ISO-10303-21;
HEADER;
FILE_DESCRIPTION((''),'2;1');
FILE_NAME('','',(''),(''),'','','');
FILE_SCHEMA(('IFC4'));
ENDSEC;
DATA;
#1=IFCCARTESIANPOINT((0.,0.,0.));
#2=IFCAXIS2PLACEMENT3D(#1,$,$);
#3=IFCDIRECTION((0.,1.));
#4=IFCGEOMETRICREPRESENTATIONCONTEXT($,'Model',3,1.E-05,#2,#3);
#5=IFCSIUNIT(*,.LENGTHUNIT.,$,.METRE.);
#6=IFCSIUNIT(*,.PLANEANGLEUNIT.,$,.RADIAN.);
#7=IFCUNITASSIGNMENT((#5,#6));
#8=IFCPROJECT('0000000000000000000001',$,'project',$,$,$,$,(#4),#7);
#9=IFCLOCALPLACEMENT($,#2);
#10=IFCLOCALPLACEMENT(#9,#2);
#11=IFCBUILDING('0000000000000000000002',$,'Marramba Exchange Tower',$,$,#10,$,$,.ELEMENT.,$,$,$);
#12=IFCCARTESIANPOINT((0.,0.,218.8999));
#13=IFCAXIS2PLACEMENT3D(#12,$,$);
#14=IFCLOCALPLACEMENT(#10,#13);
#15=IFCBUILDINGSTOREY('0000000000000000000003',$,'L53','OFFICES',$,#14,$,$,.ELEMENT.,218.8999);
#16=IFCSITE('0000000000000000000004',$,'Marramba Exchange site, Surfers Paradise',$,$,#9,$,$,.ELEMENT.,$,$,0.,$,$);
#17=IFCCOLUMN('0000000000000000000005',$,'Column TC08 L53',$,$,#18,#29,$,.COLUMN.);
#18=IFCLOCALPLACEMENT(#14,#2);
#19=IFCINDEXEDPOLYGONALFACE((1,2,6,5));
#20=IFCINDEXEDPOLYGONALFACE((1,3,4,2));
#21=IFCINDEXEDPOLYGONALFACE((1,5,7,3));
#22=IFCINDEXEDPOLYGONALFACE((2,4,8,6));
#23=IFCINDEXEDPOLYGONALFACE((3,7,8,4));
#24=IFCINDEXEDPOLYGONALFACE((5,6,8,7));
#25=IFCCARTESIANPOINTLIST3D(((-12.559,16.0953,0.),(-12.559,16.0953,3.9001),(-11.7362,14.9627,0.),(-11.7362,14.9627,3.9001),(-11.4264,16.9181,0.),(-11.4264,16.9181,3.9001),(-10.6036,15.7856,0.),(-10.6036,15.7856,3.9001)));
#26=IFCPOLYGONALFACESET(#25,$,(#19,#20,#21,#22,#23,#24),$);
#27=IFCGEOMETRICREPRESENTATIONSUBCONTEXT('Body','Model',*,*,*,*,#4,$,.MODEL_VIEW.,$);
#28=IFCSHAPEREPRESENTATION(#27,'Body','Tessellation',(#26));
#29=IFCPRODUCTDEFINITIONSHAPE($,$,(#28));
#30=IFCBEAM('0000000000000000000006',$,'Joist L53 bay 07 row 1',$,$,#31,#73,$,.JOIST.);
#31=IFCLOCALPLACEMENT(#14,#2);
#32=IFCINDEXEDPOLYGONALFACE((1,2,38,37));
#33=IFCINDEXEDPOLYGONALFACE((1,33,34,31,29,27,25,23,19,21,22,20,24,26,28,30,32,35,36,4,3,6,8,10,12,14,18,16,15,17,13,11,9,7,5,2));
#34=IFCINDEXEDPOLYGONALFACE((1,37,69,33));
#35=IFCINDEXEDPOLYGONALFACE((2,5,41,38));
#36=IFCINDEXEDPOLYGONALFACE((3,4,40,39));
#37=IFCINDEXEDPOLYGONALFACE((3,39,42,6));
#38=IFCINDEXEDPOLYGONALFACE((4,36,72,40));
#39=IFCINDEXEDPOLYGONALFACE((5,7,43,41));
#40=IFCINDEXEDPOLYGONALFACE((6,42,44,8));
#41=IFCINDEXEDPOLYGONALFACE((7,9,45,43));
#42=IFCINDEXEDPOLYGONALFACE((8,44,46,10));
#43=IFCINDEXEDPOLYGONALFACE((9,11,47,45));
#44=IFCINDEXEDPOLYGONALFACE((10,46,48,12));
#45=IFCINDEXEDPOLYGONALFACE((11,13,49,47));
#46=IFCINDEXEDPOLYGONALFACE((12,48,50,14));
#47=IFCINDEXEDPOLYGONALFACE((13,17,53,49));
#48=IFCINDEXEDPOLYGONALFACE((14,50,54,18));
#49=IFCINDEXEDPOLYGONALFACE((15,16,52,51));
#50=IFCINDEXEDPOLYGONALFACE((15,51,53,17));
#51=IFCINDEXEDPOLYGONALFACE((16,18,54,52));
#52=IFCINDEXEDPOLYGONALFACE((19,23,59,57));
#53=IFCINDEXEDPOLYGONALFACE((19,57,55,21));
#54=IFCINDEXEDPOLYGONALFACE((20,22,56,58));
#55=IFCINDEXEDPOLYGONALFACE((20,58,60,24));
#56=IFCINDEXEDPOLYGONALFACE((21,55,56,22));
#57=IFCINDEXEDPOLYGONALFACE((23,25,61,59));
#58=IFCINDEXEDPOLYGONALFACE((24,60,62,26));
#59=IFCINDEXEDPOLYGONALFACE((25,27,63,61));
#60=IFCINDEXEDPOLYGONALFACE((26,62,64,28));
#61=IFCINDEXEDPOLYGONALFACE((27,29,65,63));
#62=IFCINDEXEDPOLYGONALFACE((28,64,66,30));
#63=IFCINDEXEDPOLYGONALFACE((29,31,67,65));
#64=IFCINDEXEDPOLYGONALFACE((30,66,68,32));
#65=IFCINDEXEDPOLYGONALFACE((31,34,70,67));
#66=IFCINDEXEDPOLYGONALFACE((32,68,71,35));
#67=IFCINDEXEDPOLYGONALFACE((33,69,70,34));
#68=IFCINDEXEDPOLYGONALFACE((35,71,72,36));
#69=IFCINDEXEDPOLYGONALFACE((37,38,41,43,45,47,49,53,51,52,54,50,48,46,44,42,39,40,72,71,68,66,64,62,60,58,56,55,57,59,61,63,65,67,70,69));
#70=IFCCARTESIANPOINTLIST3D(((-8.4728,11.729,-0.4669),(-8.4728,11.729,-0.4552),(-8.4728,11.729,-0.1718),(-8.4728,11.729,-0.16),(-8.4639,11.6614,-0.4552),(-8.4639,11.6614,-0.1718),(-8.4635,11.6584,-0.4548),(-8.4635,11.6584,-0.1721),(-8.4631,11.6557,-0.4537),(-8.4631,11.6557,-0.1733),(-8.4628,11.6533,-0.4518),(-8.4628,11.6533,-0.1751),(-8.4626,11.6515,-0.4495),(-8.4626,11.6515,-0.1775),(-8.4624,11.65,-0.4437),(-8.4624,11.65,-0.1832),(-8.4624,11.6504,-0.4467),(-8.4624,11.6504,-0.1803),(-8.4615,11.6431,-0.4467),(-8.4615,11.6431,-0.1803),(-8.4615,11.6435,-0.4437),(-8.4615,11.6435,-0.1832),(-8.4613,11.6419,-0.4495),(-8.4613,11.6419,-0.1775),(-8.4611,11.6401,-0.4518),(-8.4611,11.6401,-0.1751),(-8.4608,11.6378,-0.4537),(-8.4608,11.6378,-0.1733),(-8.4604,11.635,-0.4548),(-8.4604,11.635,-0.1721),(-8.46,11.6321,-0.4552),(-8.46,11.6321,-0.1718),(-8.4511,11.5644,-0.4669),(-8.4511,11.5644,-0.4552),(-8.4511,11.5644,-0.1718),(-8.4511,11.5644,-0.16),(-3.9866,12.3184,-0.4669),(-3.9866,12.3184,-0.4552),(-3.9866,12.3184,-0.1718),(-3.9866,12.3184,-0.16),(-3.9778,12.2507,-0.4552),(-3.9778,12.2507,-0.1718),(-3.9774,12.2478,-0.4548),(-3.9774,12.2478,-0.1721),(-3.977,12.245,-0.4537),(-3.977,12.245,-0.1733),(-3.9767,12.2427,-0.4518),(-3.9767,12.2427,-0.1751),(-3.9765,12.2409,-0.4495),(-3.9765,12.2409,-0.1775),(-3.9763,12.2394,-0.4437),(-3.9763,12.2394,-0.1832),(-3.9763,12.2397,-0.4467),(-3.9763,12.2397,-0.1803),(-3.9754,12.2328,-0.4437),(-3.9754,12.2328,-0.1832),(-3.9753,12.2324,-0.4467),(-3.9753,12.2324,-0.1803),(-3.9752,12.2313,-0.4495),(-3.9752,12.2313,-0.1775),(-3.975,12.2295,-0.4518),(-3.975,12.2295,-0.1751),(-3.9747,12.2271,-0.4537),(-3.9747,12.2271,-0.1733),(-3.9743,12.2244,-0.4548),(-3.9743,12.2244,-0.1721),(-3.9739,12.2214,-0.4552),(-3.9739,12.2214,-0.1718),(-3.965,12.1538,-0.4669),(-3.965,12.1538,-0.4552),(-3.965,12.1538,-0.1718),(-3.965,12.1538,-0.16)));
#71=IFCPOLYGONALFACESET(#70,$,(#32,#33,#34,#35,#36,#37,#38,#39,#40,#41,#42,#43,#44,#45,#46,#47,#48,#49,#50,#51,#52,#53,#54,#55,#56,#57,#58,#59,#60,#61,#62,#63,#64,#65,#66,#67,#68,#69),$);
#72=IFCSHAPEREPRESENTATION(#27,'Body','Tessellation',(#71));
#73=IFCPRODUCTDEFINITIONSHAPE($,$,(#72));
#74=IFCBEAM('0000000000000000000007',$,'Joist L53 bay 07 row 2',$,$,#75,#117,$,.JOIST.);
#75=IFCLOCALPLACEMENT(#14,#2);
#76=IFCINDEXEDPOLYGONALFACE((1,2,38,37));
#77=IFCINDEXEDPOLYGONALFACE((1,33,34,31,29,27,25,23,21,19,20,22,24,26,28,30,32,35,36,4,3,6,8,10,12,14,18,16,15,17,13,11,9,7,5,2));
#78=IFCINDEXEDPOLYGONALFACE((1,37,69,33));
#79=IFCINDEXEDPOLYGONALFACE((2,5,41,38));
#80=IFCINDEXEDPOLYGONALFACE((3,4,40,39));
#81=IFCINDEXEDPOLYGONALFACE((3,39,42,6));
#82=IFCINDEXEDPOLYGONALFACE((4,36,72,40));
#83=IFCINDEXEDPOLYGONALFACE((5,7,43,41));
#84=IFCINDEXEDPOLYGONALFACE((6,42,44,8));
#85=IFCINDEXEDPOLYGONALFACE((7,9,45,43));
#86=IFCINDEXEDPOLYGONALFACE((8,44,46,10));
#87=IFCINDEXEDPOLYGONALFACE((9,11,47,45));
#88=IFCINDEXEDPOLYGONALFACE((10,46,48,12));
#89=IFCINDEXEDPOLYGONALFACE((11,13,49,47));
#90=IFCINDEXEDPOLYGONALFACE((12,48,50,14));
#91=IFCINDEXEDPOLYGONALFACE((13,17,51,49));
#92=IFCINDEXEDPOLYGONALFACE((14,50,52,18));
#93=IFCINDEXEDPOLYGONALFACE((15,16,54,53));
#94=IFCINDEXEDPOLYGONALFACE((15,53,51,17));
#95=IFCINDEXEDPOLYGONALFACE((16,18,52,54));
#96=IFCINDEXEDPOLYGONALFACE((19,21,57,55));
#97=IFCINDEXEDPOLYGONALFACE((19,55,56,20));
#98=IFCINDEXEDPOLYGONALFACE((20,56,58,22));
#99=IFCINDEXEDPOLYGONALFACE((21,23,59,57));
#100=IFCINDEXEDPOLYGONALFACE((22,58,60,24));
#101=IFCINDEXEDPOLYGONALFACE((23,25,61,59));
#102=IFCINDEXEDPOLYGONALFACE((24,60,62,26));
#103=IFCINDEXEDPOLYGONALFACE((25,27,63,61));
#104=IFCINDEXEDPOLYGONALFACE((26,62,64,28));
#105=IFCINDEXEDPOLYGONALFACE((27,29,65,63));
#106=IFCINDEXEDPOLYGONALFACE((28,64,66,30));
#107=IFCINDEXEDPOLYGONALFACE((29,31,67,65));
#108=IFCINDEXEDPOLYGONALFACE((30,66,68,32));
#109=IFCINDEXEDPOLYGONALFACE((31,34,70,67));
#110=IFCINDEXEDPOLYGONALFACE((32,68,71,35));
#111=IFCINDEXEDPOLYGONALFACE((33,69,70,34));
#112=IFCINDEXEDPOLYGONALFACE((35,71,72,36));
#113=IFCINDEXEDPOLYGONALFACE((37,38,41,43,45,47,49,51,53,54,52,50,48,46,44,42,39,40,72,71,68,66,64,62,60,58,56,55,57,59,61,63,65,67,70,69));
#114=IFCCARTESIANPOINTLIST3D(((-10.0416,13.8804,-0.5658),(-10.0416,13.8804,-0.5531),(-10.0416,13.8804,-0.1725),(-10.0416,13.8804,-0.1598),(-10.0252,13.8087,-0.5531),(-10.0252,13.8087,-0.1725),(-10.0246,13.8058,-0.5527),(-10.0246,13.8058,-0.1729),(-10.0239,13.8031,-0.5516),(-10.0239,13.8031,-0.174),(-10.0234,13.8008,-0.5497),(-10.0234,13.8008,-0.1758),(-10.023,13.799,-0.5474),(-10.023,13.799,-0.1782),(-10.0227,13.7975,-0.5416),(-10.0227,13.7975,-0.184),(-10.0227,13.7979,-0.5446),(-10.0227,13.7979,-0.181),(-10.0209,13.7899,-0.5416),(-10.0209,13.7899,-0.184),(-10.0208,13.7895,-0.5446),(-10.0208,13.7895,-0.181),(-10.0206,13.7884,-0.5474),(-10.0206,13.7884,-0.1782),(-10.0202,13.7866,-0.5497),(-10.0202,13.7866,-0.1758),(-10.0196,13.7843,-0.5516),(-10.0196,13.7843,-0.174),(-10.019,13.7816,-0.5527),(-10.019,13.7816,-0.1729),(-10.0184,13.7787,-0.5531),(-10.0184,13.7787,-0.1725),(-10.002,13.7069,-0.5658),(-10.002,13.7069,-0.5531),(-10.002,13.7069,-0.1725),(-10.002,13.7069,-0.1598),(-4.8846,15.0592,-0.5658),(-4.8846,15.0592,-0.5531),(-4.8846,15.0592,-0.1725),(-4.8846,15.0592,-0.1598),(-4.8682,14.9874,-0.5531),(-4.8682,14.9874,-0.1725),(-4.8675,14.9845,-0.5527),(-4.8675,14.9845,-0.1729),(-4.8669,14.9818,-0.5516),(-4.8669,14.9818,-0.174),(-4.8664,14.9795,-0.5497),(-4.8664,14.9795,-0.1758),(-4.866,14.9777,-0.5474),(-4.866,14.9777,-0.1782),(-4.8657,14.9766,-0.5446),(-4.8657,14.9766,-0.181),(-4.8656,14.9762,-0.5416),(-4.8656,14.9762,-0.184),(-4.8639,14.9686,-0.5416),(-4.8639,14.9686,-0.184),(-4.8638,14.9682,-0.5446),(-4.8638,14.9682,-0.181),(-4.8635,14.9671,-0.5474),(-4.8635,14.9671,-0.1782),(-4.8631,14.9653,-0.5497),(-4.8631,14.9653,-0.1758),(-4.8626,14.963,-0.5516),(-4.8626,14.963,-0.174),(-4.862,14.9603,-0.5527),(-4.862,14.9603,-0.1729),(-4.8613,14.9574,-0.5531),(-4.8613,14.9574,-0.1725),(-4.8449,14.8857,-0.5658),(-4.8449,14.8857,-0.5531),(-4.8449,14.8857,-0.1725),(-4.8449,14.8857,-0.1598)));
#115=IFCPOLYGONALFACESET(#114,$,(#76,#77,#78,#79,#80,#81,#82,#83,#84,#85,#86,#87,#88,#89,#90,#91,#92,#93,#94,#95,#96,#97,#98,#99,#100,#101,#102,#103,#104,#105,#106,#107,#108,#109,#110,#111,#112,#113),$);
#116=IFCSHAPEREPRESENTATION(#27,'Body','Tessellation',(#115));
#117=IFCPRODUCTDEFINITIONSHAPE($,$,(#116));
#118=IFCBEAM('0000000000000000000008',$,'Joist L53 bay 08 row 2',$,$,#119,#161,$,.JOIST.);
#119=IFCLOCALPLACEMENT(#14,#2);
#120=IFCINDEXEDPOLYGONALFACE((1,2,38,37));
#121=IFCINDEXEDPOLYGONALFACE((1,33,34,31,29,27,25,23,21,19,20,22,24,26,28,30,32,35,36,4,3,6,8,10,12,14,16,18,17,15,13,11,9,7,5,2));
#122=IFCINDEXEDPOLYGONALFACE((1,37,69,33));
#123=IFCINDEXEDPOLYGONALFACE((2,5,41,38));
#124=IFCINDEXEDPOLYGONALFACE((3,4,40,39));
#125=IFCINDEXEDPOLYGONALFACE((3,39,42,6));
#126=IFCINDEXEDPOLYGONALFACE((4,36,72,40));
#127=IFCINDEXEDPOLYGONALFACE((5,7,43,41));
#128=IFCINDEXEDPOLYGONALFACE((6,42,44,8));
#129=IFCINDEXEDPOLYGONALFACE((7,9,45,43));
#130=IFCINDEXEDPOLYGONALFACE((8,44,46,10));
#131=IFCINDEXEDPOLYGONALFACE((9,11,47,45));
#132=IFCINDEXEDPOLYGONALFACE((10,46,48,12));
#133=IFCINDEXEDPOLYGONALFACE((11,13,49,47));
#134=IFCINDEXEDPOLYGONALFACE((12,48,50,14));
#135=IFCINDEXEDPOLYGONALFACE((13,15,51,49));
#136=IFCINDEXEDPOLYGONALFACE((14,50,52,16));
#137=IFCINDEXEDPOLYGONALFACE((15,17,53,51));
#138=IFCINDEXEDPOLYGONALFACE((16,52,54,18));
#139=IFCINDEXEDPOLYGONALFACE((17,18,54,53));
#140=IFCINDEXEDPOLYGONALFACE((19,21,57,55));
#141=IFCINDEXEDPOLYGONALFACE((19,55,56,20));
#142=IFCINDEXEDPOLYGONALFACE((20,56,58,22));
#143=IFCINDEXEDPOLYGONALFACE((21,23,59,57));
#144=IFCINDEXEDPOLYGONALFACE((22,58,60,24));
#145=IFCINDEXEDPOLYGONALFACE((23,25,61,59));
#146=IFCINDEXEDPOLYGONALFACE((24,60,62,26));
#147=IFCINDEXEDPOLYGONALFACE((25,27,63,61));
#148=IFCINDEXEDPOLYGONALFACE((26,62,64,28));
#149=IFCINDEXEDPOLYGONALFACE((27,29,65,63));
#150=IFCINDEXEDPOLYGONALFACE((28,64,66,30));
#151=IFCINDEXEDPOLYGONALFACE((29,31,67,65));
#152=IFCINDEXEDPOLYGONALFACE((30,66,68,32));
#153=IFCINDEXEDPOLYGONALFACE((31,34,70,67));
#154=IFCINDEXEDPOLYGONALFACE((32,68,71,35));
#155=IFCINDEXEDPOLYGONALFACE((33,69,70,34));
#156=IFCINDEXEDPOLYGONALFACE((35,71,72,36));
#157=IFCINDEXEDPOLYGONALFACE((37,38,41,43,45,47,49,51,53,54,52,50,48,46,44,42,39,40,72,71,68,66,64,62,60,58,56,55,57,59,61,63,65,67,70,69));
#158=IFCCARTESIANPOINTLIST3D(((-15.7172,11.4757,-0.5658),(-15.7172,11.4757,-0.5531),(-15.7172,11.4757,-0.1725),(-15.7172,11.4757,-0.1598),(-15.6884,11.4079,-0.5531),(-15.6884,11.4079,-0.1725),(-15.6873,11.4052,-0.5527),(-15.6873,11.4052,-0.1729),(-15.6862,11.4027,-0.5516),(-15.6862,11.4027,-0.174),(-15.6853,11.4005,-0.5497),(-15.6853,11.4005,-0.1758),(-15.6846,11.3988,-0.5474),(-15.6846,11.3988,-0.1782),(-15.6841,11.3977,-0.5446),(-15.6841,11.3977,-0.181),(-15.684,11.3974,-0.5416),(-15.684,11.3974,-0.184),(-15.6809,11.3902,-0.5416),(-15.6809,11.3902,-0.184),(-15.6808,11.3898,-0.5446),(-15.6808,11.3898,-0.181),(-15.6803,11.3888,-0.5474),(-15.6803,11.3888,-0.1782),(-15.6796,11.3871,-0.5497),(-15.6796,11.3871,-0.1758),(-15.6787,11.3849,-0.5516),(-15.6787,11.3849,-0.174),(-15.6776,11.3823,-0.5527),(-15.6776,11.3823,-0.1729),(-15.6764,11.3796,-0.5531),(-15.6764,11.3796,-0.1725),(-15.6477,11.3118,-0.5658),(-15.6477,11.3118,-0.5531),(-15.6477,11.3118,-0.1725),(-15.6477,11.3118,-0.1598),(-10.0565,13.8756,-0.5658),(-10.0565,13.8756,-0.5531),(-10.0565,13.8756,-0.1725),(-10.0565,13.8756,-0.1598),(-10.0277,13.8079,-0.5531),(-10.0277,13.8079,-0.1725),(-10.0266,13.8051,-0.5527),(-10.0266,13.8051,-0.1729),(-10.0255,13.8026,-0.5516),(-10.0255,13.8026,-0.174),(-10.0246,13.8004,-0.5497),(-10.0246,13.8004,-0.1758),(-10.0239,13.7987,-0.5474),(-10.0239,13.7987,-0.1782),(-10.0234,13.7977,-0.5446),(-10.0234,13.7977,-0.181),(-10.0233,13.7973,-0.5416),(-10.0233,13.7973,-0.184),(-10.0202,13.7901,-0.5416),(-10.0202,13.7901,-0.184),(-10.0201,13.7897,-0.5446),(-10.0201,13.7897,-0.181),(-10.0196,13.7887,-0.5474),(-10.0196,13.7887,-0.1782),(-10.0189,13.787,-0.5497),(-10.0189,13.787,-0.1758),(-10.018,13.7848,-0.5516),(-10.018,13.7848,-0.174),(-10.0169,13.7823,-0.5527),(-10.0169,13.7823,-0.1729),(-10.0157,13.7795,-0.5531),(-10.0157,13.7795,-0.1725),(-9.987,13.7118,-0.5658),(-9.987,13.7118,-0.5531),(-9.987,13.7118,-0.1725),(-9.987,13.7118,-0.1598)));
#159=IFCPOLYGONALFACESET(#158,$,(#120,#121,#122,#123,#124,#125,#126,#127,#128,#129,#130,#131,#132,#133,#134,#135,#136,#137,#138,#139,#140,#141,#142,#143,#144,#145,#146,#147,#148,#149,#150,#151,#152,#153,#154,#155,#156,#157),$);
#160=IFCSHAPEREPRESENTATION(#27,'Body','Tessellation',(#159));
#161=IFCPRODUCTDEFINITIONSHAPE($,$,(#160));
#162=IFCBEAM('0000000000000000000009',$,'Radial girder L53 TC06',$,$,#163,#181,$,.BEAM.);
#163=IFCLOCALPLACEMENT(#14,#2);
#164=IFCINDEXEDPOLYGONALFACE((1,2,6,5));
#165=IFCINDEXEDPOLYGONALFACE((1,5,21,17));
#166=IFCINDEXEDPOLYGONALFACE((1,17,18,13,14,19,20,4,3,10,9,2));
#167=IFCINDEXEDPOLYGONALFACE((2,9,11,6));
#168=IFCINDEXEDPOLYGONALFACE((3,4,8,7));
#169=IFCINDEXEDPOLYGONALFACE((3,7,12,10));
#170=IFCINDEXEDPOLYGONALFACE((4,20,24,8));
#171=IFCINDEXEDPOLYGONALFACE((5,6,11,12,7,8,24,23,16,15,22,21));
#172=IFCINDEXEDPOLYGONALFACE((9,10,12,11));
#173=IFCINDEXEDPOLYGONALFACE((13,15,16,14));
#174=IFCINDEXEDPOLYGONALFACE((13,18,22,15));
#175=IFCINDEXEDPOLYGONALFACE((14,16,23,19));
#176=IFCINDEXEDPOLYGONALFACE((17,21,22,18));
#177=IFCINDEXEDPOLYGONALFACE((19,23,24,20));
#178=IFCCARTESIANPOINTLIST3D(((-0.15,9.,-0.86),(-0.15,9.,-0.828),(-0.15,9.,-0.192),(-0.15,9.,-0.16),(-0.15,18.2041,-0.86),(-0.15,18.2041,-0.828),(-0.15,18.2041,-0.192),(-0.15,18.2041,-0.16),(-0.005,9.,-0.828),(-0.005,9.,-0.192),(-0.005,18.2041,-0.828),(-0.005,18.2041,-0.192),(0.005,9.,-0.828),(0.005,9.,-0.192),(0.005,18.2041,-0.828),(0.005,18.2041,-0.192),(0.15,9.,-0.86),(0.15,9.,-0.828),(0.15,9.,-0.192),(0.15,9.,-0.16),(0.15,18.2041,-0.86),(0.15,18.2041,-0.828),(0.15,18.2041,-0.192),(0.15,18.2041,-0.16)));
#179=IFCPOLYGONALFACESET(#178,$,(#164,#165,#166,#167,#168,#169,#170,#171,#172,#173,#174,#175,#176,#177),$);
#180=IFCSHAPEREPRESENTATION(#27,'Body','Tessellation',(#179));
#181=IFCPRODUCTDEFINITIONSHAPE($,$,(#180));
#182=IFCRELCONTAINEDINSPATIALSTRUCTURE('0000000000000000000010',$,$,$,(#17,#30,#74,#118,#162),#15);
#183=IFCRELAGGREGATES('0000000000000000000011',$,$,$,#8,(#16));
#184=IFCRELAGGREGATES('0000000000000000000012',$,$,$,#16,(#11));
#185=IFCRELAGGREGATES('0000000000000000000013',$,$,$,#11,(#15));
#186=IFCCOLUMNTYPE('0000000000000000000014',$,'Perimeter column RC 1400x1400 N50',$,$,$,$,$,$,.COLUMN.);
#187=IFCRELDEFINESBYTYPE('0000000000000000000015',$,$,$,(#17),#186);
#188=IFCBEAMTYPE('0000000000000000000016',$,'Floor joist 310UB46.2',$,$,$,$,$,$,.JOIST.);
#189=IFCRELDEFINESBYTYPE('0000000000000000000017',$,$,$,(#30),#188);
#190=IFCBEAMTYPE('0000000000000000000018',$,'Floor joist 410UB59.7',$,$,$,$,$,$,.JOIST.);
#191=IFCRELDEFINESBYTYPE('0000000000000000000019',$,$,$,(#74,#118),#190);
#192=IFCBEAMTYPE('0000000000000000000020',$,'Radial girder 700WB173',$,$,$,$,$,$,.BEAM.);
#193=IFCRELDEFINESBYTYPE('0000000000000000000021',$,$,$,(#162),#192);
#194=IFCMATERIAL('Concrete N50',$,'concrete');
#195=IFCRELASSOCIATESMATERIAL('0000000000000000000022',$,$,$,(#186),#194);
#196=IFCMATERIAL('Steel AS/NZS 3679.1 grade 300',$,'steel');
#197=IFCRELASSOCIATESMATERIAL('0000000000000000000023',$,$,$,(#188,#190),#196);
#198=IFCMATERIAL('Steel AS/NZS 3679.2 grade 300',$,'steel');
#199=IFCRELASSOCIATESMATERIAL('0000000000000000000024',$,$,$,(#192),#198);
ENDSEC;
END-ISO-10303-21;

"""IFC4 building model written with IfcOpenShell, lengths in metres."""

from ifc_helpers import new_model, si_unit, direction, frame, origin, origin_2d, place, context, subcontext, project, spatial, rectangle, i_section, extrude, material, material_profile, profile_set, type_object, element, save


model = new_model("IFC4")

# Units and contexts
model_context = context("Model", 3, precision=1e-05, world=origin(), true_north=direction((0.0, 1.0)))
body_context = subcontext(model_context, "Body", "Model", "MODEL_VIEW")
ifc_project = project(units=[si_unit("LENGTHUNIT", "METRE"), si_unit("PLANEANGLEUNIT", "RADIAN")], contexts=[model_context])

# Site, building, storey
site_placement = place(None, origin())
site = spatial("IfcSite", under=ifc_project, at=site_placement, Name="Marramba Exchange site, Surfers Paradise", CompositionType="ELEMENT", RefElevation=0.0)
building_placement = place(site_placement, origin())
building = spatial("IfcBuilding", under=site, at=building_placement, Name="Marramba Exchange Tower", CompositionType="ELEMENT")
storey_placement = place(building_placement, frame((0.0, 0.0, 218.8999)))
storey = spatial("IfcBuildingStorey", under=building, at=storey_placement, Name="L53", Description="OFFICES", CompositionType="ELEMENT", Elevation=218.8999)

# Column
ifc_material_1 = material(Name="Concrete N50", Category="concrete")
ifc_material_profile_1 = material_profile(ifc_material_1, rectangle(XDim=1.3999, YDim=1.3999, at=origin_2d()), Name="RC 1400x1400")
ifc_profile_set_1 = profile_set([ifc_material_profile_1], Name="Concrete N50")
column_type = type_object("IfcColumnType", Name="Perimeter column RC 1400x1400 N50", PredefinedType="COLUMN", material=ifc_profile_set_1)
column_placement = place(storey_placement, frame((-11.5813, 15.9404, 0.0), z_axis=(0.0, 0.0, 1.0), x_axis=(-0.587785, 0.809017, 0.0)))
element("IfcColumn", 1, at=column_placement, inside=storey, type_object=column_type, Name="Column TC08 L53", PredefinedType="COLUMN", context=body_context, shape_type="SweptSolid", body=[
    extrude(rectangle(XDim=1.3999, YDim=1.3999, at=origin_2d()), origin(), (0.0, 0.0, 1.0), 3.9001),
])

# Beams
ifc_material_2 = material(Name="Steel AS/NZS 3679.1 grade 300", Category="steel")
ifc_material_profile_2 = material_profile(ifc_material_2, i_section(OverallWidth=0.166, OverallDepth=0.3069, WebThickness=0.0066, FlangeThickness=0.0117, FilletRadius=0.0115, at=origin_2d()), Name="310UB46.2")
ifc_profile_set_2 = profile_set([ifc_material_profile_2], Name="Steel AS/NZS 3679.1 grade 300")
beam_type_1 = type_object("IfcBeamType", Name="Floor joist 310UB46.2", PredefinedType="JOIST", material=ifc_profile_set_2)
beam_1_placement = place(storey_placement, frame((-3.9758, 12.2361, -0.3135), z_axis=(-0.991481, -0.130255, 0.0), x_axis=(0.130255, -0.991481, 0.0)))
element("IfcBeam", 2, at=beam_1_placement, inside=storey, type_object=beam_type_1, Name="Joist L53 bay 07 row 1", PredefinedType="JOIST", context=body_context, shape_type="SweptSolid", body=[
    extrude(i_section(OverallWidth=0.166, OverallDepth=0.3069, WebThickness=0.0066, FlangeThickness=0.0117, FilletRadius=0.0115, at=origin_2d()), origin(), (0.0, 0.0, 1.0), 4.5247),
])
ifc_material_profile_3 = material_profile(ifc_material_2, i_section(OverallWidth=0.178, OverallDepth=0.406, WebThickness=0.0078, FlangeThickness=0.0127, FilletRadius=0.0115, at=origin_2d()), Name="410UB59.7")
ifc_profile_set_3 = profile_set([ifc_material_profile_3], Name="Steel AS/NZS 3679.1 grade 300")
beam_type_2 = type_object("IfcBeamType", Name="Floor joist 410UB59.7", PredefinedType="JOIST", material=ifc_profile_set_3)
beam_2_placement = place(storey_placement, frame((-4.8647, 14.9724, -0.3628), z_axis=(-0.97486, -0.22282, 0.0), x_axis=(0.22282, -0.97486, 0.0)))
element("IfcBeam", 3, at=beam_2_placement, inside=storey, type_object=beam_type_2, Name="Joist L53 bay 07 row 2", PredefinedType="JOIST", context=body_context, shape_type="SweptSolid", body=[
    extrude(i_section(OverallWidth=0.178, OverallDepth=0.406, WebThickness=0.0078, FlangeThickness=0.0127, FilletRadius=0.0115, at=origin_2d()), origin(), (0.0, 0.0, 1.0), 5.29),
])
beam_3_placement = place(storey_placement, frame((-10.0217, 13.7937, -0.3628), z_axis=(-0.920674, -0.390332, 0.0), x_axis=(0.390332, -0.920674, 0.0)))
element("IfcBeam", 4, at=beam_3_placement, inside=storey, type_object=beam_type_2, Name="Joist L53 bay 08 row 2", PredefinedType="JOIST", context=body_context, shape_type="SweptSolid", body=[
    extrude(i_section(OverallWidth=0.178, OverallDepth=0.406, WebThickness=0.0078, FlangeThickness=0.0127, FilletRadius=0.0115, at=origin_2d()), origin(), (0.0, 0.0, 1.0), 6.1484),
])
ifc_material_3 = material(Name="Steel AS/NZS 3679.2 grade 300", Category="steel")
ifc_material_profile_4 = material_profile(ifc_material_3, i_section(OverallWidth=0.3, OverallDepth=0.7, WebThickness=0.01, FlangeThickness=0.032, at=origin_2d()), Name="700WB173")
ifc_profile_set_4 = profile_set([ifc_material_profile_4], Name="Steel AS/NZS 3679.2 grade 300")
beam_type_3 = type_object("IfcBeamType", Name="Radial girder 700WB173", PredefinedType="BEAM", material=ifc_profile_set_4)
beam_4_placement = place(storey_placement, frame((0.0, 9.0, -0.51), z_axis=(0.0, 1.0, 0.0), x_axis=(-1.0, 0.0, 0.0)))
element("IfcBeam", 5, at=beam_4_placement, inside=storey, type_object=beam_type_3, Name="Radial girder L53 TC06", PredefinedType="BEAM", context=body_context, shape_type="SweptSolid", body=[
    extrude(i_section(OverallWidth=0.3, OverallDepth=0.7, WebThickness=0.01, FlangeThickness=0.032, at=origin_2d()), origin(), (0.0, 0.0, 1.0), 9.2041),
])

save(model, "model.ifc")
